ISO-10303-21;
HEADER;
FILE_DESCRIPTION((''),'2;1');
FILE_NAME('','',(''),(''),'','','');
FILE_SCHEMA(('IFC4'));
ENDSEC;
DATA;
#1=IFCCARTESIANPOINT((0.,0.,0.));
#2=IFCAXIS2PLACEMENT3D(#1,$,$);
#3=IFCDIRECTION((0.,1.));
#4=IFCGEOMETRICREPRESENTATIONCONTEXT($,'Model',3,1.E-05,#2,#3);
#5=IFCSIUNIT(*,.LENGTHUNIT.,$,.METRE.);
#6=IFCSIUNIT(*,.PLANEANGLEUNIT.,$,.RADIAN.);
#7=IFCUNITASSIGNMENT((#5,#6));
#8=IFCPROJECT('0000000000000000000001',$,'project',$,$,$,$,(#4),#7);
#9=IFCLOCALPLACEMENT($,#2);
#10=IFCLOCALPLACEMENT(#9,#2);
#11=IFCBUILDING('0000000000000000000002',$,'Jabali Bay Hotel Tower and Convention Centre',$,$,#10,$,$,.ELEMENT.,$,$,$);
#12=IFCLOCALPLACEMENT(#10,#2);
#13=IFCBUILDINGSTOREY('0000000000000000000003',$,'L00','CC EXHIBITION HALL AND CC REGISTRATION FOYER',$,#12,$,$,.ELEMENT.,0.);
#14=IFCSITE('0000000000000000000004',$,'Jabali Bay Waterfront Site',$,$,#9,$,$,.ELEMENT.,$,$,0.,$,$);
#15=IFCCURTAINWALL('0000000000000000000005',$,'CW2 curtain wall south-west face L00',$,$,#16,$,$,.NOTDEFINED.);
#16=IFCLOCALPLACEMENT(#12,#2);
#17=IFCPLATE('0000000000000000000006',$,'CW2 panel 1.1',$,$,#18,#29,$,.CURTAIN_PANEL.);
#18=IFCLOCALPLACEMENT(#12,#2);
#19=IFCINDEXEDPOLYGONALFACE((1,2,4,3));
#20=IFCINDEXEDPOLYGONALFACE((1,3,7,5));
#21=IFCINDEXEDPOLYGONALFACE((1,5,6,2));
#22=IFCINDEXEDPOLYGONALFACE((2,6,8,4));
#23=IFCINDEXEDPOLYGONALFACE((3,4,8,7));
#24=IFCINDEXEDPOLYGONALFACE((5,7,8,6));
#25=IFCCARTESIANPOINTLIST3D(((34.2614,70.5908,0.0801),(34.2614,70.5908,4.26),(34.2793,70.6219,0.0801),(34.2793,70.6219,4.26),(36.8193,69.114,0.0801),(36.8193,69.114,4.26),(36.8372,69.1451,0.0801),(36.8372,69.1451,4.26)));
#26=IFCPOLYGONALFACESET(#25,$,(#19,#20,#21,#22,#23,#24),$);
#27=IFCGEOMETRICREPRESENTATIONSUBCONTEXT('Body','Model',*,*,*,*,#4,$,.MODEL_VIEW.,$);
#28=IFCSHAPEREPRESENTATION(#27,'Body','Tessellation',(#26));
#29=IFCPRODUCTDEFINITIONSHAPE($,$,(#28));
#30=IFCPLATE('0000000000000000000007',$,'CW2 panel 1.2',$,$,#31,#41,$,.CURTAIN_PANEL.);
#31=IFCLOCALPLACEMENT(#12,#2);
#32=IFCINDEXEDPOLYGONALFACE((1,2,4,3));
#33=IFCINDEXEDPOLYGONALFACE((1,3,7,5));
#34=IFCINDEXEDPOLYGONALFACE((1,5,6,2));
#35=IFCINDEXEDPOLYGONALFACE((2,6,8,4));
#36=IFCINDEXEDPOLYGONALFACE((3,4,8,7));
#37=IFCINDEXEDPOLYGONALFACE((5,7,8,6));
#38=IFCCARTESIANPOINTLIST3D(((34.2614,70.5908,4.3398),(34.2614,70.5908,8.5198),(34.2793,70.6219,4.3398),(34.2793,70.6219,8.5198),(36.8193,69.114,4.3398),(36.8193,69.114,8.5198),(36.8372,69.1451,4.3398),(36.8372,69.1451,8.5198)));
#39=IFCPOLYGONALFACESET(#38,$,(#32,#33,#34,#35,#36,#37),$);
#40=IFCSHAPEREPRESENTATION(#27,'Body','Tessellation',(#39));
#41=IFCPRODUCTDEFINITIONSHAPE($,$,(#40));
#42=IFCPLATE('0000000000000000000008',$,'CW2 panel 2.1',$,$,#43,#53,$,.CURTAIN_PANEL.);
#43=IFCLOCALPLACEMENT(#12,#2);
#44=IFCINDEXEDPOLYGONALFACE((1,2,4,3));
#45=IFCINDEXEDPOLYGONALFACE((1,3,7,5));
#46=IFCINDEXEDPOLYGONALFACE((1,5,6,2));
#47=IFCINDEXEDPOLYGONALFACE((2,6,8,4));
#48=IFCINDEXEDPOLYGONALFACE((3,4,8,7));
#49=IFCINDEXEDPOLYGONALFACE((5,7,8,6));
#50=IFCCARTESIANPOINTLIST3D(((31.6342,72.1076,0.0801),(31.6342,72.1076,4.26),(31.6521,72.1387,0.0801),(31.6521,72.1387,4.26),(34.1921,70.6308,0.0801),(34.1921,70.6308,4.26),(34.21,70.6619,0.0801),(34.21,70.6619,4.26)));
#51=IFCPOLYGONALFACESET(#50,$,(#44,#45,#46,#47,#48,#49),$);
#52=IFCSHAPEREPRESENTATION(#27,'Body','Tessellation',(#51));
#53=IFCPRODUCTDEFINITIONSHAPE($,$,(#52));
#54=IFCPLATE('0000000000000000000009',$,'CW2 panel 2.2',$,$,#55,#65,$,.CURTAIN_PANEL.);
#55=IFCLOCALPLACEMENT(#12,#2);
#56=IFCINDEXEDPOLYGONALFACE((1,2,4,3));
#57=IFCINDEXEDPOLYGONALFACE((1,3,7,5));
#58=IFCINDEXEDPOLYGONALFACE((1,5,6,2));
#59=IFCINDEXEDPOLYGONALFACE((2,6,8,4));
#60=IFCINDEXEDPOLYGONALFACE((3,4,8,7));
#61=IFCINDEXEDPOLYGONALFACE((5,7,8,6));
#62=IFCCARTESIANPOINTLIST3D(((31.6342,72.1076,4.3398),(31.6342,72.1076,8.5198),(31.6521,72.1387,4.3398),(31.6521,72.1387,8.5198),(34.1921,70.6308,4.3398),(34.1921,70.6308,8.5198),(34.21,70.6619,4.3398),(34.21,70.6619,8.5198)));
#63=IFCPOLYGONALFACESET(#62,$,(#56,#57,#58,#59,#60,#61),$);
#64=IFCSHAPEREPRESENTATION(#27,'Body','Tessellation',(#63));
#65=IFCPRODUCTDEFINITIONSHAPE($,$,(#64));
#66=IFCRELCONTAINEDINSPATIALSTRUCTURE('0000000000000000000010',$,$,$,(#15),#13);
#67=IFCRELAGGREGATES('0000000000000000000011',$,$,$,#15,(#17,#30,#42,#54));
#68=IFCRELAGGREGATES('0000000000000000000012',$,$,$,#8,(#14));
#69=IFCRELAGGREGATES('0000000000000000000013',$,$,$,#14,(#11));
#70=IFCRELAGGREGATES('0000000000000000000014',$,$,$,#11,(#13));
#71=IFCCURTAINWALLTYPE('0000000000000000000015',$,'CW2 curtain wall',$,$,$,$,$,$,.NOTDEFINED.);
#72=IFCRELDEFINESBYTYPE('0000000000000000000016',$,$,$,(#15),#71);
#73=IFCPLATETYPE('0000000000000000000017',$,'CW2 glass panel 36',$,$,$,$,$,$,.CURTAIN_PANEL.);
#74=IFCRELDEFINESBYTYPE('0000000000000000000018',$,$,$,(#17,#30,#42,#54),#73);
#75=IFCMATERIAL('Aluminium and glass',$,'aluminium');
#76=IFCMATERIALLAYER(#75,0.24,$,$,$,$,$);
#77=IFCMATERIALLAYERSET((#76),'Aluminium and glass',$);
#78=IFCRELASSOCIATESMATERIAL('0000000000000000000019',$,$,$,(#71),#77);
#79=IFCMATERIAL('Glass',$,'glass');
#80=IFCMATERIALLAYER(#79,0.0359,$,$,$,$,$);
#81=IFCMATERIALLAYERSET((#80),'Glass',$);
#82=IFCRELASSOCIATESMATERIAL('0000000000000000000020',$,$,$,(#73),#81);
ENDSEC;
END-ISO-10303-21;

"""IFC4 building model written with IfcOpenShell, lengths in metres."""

from ifc_helpers import new_model, si_unit, direction, frame, origin, origin_2d, place, context, subcontext, project, spatial, rectangle, extrude, material, layer, layer_set, type_object, element, aggregate, save


model = new_model("IFC4")

# Units and contexts
model_context = context("Model", 3, precision=1e-05, world=origin(), true_north=direction((0.0, 1.0)))
body_context = subcontext(model_context, "Body", "Model", "MODEL_VIEW")
ifc_project = project(units=[si_unit("LENGTHUNIT", "METRE"), si_unit("PLANEANGLEUNIT", "RADIAN")], contexts=[model_context])

# Site, building, storey
site_placement = place(None, origin())
site = spatial("IfcSite", under=ifc_project, at=site_placement, Name="Jabali Bay Waterfront Site", CompositionType="ELEMENT", RefElevation=0.0)
building_placement = place(site_placement, origin())
building = spatial("IfcBuilding", under=site, at=building_placement, Name="Jabali Bay Hotel Tower and Convention Centre", CompositionType="ELEMENT")
storey_placement = place(building_placement, origin())
storey = spatial("IfcBuildingStorey", under=building, at=storey_placement, Name="L00", Description="CC EXHIBITION HALL AND CC REGISTRATION FOYER", CompositionType="ELEMENT", Elevation=0.0)

# Curtain wall
ifc_material_1 = material(Name="Aluminium and glass", Category="aluminium")
ifc_layer_1 = layer(ifc_material_1, 0.24)
ifc_layer_set_1 = layer_set([ifc_layer_1], Name="Aluminium and glass")
curtain_wall_type = type_object("IfcCurtainWallType", Name="CW2 curtain wall", PredefinedType="NOTDEFINED", material=ifc_layer_set_1)
curtain_wall_1_placement = place(storey_placement, origin())
curtain_wall_1 = element("IfcCurtainWall", 1, at=curtain_wall_1_placement, inside=storey, type_object=curtain_wall_type, Name="CW2 curtain wall south-west face L00", PredefinedType="NOTDEFINED")

# Plates
ifc_material_2 = material(Name="Glass", Category="glass")
ifc_layer_2 = layer(ifc_material_2, 0.0359)
ifc_layer_set_2 = layer_set([ifc_layer_2], Name="Glass")
plate_type = type_object("IfcPlateType", Name="CW2 glass panel 36", PredefinedType="CURTAIN_PANEL", material=ifc_layer_set_2)
plate_1_placement = place(storey_placement, frame((35.5493, 69.8679, 0.0801), z_axis=(0.0, 0.0, 1.0), x_axis=(-0.866025, 0.5, 0.0)))
plate_1 = element("IfcPlate", 2, at=plate_1_placement, type_object=plate_type, Name="CW2 panel 1.1", PredefinedType="CURTAIN_PANEL", context=body_context, shape_type="SweptSolid", body=[
    extrude(rectangle(XDim=2.9536, YDim=0.0359, at=origin_2d()), origin(), (0.0, 0.0, 1.0), 4.1799),
])
plate_2_placement = place(storey_placement, frame((35.5493, 69.8679, 4.3398), z_axis=(0.0, 0.0, 1.0), x_axis=(-0.866025, 0.5, 0.0)))
plate_2 = element("IfcPlate", 3, at=plate_2_placement, type_object=plate_type, Name="CW2 panel 1.2", PredefinedType="CURTAIN_PANEL", context=body_context, shape_type="SweptSolid", body=[
    extrude(rectangle(XDim=2.9536, YDim=0.0359, at=origin_2d()), origin(), (0.0, 0.0, 1.0), 4.1799),
])
plate_3_placement = place(storey_placement, frame((32.9221, 71.3848, 0.0801), z_axis=(0.0, 0.0, 1.0), x_axis=(-0.866025, 0.5, 0.0)))
plate_3 = element("IfcPlate", 4, at=plate_3_placement, type_object=plate_type, Name="CW2 panel 2.1", PredefinedType="CURTAIN_PANEL", context=body_context, shape_type="SweptSolid", body=[
    extrude(rectangle(XDim=2.9536, YDim=0.0359, at=origin_2d()), origin(), (0.0, 0.0, 1.0), 4.1799),
])
plate_4_placement = place(storey_placement, frame((32.9221, 71.3848, 4.3398), z_axis=(0.0, 0.0, 1.0), x_axis=(-0.866025, 0.5, 0.0)))
plate_4 = element("IfcPlate", 5, at=plate_4_placement, type_object=plate_type, Name="CW2 panel 2.2", PredefinedType="CURTAIN_PANEL", context=body_context, shape_type="SweptSolid", body=[
    extrude(rectangle(XDim=2.9536, YDim=0.0359, at=origin_2d()), origin(), (0.0, 0.0, 1.0), 4.1799),
])
aggregate(curtain_wall_1, [plate_1, plate_2, plate_3, plate_4])

save(model, "model.ifc")
